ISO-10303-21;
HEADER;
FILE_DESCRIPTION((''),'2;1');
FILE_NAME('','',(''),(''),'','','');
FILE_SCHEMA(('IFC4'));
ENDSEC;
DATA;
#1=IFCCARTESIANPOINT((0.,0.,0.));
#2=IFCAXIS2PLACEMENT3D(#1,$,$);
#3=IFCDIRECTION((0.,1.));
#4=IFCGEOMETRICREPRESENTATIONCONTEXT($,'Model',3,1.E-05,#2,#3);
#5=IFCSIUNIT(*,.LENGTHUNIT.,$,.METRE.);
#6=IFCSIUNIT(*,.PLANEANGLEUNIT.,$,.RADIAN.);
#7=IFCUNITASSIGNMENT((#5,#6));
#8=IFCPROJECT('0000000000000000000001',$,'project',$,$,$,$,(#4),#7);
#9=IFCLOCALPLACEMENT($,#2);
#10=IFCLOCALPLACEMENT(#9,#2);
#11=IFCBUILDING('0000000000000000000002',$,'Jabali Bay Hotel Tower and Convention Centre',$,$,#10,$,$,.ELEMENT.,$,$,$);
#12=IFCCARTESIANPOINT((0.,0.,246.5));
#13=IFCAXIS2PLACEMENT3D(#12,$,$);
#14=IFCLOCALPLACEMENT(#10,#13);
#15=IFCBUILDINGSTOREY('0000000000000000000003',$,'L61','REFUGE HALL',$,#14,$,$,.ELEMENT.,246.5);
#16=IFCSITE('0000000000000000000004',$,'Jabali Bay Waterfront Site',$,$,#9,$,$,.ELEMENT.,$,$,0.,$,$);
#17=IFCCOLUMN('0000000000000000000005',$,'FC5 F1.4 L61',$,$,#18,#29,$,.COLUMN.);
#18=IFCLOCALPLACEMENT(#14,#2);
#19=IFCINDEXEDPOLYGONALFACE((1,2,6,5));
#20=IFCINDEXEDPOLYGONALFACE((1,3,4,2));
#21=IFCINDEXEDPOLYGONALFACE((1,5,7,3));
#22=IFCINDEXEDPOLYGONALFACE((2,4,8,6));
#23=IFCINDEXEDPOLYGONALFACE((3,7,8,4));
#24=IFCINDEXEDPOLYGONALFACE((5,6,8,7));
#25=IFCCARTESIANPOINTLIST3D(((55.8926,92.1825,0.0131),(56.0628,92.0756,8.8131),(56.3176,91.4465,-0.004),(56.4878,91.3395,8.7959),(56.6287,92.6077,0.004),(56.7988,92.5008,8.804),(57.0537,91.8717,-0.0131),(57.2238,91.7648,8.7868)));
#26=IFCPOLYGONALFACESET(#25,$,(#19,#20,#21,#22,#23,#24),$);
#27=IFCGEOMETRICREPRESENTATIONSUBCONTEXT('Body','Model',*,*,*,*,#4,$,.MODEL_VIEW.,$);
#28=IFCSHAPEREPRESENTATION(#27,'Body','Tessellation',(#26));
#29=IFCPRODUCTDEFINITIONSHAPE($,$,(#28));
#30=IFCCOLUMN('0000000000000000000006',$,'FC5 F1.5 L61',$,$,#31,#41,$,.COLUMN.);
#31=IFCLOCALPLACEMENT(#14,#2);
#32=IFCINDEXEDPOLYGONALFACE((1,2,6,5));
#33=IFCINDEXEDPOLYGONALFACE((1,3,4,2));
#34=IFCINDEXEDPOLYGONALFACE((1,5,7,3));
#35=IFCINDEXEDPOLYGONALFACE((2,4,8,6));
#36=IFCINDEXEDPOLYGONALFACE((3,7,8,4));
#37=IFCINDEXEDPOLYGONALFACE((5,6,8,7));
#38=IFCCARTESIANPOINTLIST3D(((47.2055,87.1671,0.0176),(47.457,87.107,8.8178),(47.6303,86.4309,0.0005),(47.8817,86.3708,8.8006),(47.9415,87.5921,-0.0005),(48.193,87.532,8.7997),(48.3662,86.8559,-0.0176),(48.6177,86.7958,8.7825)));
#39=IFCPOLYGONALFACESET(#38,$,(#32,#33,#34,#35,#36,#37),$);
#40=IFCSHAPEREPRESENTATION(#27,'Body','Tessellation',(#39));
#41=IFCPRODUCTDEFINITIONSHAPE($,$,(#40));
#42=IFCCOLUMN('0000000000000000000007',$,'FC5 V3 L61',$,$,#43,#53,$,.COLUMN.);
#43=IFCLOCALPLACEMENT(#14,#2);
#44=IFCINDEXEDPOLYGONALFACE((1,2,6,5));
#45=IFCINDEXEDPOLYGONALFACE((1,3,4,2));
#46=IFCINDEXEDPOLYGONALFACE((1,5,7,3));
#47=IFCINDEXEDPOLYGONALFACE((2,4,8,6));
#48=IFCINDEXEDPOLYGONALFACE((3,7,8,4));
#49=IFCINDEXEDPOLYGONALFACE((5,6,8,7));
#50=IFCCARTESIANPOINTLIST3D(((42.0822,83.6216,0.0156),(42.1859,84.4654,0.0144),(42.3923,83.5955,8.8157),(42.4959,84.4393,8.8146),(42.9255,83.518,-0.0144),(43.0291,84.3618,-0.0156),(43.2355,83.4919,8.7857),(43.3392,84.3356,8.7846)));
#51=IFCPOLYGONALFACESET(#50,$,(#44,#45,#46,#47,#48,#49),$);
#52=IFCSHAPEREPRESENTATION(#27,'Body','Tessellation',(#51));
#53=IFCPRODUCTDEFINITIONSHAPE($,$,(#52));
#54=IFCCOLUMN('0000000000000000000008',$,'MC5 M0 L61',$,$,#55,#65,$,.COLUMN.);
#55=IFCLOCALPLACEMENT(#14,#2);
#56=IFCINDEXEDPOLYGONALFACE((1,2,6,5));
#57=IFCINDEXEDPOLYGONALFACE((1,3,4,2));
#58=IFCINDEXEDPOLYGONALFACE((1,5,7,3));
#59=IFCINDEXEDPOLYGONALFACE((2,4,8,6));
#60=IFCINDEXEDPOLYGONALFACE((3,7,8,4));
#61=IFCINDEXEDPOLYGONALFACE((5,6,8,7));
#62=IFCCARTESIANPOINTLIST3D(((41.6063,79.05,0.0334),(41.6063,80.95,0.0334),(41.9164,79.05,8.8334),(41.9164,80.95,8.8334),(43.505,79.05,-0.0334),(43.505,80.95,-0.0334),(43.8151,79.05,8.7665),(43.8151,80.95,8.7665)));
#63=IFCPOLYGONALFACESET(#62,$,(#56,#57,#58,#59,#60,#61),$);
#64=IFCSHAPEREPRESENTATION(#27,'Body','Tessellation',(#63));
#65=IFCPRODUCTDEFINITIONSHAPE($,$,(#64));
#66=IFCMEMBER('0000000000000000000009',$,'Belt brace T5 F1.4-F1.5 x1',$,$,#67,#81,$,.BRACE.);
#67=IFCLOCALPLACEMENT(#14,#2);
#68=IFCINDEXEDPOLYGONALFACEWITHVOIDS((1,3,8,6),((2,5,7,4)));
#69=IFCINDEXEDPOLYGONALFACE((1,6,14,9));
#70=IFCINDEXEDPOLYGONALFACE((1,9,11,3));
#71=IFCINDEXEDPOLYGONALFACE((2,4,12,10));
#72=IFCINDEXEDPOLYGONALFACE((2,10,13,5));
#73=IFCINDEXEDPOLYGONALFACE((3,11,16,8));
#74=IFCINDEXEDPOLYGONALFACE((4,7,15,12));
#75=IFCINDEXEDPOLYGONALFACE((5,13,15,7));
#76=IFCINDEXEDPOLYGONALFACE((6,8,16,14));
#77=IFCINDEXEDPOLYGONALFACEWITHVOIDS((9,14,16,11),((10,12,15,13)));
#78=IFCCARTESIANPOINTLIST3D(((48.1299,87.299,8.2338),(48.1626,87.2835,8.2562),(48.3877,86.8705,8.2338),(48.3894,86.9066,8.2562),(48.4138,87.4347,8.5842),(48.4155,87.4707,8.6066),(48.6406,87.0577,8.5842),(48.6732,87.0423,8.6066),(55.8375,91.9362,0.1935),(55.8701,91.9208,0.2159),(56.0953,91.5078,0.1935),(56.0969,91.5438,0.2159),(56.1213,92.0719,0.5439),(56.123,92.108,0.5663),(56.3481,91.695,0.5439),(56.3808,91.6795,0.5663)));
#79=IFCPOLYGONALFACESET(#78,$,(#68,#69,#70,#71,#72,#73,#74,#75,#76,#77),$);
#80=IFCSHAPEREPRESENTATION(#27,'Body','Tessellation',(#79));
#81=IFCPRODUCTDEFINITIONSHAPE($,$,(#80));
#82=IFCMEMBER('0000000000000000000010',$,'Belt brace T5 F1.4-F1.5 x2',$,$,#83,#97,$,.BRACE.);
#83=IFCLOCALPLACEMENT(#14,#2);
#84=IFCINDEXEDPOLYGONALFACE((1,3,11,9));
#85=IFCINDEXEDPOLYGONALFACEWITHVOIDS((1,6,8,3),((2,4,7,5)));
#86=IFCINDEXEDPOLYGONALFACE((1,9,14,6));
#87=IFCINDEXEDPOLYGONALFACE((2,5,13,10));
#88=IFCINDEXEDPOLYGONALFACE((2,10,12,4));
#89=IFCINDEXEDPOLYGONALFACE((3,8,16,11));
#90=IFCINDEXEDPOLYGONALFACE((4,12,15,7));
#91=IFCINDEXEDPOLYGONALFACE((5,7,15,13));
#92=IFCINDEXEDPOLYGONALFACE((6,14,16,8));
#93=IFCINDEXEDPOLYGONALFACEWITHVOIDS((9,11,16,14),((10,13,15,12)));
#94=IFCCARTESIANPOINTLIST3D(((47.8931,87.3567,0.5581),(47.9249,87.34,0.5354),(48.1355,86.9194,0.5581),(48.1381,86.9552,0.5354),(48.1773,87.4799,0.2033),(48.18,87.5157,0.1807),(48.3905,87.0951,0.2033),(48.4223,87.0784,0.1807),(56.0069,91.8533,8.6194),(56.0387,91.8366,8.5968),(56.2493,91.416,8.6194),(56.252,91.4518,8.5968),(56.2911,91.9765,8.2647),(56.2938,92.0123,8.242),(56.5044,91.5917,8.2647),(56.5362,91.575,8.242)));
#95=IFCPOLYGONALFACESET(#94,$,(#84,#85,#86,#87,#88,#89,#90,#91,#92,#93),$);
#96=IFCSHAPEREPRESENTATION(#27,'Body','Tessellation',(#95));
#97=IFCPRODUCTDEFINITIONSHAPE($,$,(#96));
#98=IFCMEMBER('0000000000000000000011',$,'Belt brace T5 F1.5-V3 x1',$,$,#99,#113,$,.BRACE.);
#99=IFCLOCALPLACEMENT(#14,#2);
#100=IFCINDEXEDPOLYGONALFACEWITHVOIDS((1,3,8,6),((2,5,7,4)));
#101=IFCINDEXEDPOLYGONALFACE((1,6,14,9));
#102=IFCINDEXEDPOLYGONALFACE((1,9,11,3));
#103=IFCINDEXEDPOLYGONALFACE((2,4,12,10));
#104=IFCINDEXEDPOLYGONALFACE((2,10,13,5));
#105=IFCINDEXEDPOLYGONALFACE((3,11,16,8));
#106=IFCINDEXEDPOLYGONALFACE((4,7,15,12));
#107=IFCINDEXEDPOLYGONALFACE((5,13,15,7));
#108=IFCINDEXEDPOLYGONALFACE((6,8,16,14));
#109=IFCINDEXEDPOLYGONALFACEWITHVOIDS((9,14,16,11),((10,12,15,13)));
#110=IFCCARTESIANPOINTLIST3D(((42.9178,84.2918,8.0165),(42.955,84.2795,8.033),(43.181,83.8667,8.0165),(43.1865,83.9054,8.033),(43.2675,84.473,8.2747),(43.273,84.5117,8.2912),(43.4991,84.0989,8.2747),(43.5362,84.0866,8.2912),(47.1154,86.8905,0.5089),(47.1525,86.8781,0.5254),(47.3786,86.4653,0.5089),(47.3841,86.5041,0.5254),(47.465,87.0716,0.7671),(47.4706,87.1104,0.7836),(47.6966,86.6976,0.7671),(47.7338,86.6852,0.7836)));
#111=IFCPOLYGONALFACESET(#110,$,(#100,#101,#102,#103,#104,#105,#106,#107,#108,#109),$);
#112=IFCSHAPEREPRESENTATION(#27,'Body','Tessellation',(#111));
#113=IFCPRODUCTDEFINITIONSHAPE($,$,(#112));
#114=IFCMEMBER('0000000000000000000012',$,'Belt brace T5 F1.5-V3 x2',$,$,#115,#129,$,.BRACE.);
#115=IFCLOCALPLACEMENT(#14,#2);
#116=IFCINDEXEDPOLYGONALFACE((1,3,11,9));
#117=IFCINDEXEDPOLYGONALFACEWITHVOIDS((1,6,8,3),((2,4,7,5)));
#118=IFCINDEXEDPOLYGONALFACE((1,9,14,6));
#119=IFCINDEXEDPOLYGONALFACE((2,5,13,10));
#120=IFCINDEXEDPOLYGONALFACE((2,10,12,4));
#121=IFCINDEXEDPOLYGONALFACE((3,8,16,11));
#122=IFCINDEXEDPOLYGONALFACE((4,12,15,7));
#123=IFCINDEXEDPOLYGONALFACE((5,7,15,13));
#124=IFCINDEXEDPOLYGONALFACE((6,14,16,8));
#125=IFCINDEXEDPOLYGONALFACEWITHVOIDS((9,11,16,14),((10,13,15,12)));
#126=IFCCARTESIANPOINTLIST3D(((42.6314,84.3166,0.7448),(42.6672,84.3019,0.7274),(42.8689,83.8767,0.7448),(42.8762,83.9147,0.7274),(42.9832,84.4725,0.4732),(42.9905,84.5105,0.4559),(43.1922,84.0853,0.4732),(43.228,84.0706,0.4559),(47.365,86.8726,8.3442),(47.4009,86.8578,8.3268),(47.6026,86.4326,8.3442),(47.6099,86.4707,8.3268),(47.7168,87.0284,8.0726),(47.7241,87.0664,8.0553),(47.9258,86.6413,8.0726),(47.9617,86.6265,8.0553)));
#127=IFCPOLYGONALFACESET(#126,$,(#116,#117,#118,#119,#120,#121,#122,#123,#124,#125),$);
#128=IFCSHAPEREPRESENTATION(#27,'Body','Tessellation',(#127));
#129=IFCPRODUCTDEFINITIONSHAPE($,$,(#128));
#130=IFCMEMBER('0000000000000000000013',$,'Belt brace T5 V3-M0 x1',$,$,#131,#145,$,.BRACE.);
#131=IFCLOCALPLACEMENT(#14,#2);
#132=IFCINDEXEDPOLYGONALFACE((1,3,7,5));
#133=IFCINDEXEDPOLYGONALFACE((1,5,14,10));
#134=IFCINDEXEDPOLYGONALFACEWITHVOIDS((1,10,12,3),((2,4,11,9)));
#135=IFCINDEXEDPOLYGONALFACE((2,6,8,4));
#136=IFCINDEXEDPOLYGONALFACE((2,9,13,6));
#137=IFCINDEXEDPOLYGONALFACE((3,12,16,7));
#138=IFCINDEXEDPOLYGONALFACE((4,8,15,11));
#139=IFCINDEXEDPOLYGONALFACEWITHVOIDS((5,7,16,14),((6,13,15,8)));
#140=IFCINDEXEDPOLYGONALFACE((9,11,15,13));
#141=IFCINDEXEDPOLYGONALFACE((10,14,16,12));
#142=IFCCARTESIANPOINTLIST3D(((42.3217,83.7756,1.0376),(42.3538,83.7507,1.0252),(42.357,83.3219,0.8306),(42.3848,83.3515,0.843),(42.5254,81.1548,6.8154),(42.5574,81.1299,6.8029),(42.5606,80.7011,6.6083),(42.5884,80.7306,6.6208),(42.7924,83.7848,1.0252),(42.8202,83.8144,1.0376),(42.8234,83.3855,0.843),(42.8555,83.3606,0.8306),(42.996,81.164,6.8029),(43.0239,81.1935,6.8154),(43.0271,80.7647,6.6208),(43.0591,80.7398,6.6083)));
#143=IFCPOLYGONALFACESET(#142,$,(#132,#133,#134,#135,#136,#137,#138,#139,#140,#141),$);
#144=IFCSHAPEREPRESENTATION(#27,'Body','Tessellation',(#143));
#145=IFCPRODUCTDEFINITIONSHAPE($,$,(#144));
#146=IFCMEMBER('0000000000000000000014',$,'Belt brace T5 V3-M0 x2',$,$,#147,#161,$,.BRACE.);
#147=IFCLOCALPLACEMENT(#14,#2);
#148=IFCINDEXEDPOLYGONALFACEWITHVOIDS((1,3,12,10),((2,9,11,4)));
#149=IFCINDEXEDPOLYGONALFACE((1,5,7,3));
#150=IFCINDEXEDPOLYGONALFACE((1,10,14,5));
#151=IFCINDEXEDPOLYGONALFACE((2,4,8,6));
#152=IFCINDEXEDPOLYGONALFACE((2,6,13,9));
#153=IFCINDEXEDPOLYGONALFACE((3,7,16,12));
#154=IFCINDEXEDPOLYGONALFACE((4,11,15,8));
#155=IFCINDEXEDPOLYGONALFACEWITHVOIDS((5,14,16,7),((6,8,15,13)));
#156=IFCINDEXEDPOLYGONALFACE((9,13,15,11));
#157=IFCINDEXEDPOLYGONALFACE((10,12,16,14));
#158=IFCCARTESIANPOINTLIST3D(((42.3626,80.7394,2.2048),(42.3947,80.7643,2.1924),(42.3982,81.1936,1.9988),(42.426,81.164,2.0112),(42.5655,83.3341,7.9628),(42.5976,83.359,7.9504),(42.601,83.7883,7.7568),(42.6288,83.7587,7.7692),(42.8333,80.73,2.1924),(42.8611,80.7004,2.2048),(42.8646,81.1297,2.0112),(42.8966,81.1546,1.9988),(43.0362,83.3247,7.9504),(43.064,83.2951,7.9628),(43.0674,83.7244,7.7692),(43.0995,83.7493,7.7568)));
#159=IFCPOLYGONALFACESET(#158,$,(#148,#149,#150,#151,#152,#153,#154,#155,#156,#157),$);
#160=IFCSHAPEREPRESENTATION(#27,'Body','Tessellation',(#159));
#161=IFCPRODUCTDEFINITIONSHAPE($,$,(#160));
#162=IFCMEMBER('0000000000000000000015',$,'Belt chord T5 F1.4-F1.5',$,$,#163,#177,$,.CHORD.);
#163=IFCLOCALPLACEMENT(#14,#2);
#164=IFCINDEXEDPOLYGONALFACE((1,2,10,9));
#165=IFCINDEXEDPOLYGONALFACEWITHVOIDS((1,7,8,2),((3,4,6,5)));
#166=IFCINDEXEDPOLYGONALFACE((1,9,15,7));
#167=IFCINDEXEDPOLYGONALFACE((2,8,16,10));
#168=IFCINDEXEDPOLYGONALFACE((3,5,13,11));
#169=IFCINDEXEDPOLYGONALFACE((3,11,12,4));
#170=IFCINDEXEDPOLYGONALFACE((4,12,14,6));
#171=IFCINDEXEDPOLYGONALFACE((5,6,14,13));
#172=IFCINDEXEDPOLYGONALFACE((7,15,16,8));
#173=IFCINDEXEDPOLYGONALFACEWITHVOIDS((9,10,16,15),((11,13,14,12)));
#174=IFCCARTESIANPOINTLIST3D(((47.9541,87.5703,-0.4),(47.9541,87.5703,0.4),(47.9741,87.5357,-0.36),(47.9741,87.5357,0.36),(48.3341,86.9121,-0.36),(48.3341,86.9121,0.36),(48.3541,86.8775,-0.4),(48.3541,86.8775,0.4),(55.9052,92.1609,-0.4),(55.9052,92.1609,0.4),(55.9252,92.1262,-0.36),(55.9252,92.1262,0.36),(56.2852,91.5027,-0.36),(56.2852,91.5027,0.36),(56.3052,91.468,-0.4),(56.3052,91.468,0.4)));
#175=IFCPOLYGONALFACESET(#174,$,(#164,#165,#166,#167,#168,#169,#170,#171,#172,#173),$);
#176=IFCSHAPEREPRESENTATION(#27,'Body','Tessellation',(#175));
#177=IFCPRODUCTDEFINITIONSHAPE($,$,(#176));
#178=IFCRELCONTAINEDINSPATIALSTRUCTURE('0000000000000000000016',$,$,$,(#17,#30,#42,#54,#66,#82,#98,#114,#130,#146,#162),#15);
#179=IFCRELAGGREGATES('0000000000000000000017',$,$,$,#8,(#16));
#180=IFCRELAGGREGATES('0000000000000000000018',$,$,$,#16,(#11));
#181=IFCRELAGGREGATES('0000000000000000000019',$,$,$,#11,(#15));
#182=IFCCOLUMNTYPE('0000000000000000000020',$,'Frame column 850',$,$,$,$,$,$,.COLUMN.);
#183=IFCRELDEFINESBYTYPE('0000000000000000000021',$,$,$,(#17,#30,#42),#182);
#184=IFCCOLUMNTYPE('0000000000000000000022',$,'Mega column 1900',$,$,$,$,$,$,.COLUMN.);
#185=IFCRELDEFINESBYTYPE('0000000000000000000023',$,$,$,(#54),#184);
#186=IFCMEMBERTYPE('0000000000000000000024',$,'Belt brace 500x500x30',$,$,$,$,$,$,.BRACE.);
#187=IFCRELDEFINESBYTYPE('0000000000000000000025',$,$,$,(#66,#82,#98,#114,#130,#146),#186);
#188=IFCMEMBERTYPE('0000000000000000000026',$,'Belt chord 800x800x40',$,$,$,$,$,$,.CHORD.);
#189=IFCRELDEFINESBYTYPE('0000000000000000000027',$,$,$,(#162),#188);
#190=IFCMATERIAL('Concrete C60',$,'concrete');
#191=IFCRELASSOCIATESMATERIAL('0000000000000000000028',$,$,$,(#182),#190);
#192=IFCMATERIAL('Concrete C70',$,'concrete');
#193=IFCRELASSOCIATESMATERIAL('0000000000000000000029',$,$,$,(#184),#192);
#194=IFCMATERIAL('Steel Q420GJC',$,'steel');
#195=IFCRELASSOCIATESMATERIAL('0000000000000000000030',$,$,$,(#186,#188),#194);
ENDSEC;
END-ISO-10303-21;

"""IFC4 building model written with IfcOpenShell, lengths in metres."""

from ifc_helpers import new_model, si_unit, direction, frame, origin, origin_2d, place, context, subcontext, project, spatial, rectangle, hollow_rectangle, extrude, material, material_profile, profile_set, type_object, element, save


model = new_model("IFC4")

# Units and contexts
model_context = context("Model", 3, precision=1e-05, world=origin(), true_north=direction((0.0, 1.0)))
body_context = subcontext(model_context, "Body", "Model", "MODEL_VIEW")
ifc_project = project(units=[si_unit("LENGTHUNIT", "METRE"), si_unit("PLANEANGLEUNIT", "RADIAN")], contexts=[model_context])

# Site, building, storey
site_placement = place(None, origin())
site = spatial("IfcSite", under=ifc_project, at=site_placement, Name="Jabali Bay Waterfront Site", CompositionType="ELEMENT", RefElevation=0.0)
building_placement = place(site_placement, origin())
building = spatial("IfcBuilding", under=site, at=building_placement, Name="Jabali Bay Hotel Tower and Convention Centre", CompositionType="ELEMENT")
storey_placement = place(building_placement, frame((0.0, 0.0, 246.5)))
storey = spatial("IfcBuildingStorey", under=building, at=storey_placement, Name="L61", Description="REFUGE HALL", CompositionType="ELEMENT", Elevation=246.5)

# Columns
ifc_material_1 = material(Name="Concrete C60", Category="concrete")
ifc_material_profile_1 = material_profile(ifc_material_1, rectangle(XDim=0.8501, YDim=0.8501, at=origin_2d()), Name="Frame column 850")
ifc_profile_set_1 = profile_set([ifc_material_profile_1], Name="Concrete C60")
column_type_1 = type_object("IfcColumnType", Name="Frame column 850", PredefinedType="COLUMN", material=ifc_profile_set_1)
column_1_placement = place(storey_placement, frame((56.4731, 92.0271, 0.0), z_axis=(0.019332, -0.012148, 0.999739), x_axis=(-0.499947, 0.865821, 0.020188)))
element("IfcColumn", 1, at=column_1_placement, inside=storey, type_object=column_type_1, Name="FC5 F1.4 L61", PredefinedType="COLUMN", context=body_context, shape_type="SweptSolid", body=[
    extrude(rectangle(XDim=0.8501, YDim=0.8501, at=origin_2d()), origin(), (0.0, 0.0, 1.0), 8.8022),
])
column_2_placement = place(storey_placement, frame((47.7859, 87.0115, 0.0), z_axis=(0.028563, -0.006822, 0.999569), x_axis=(-0.499619, 0.86601, 0.020187)))
element("IfcColumn", 2, at=column_2_placement, inside=storey, type_object=column_type_1, Name="FC5 F1.5 L61", PredefinedType="COLUMN", context=body_context, shape_type="SweptSolid", body=[
    extrude(rectangle(XDim=0.8501, YDim=0.8501, at=origin_2d()), origin(), (0.0, 0.0, 1.0), 8.804),
])
column_3_placement = place(storey_placement, frame((42.5557, 83.9917, 0.0), z_axis=(0.035212, -0.002967, 0.999375), x_axis=(-0.991916, 0.121888, 0.035311)))
element("IfcColumn", 3, at=column_3_placement, inside=storey, type_object=column_type_1, Name="FC5 V3 L61", PredefinedType="COLUMN", context=body_context, shape_type="SweptSolid", body=[
    extrude(rectangle(XDim=0.8501, YDim=0.8501, at=origin_2d()), origin(), (0.0, 0.0, 1.0), 8.8057),
])
ifc_material_2 = material(Name="Concrete C70", Category="concrete")
ifc_material_profile_2 = material_profile(ifc_material_2, rectangle(XDim=1.8999, YDim=1.8999, at=origin_2d()), Name="Mega column 1900")
ifc_profile_set_2 = profile_set([ifc_material_profile_2], Name="Concrete C70")
column_type_2 = type_object("IfcColumnType", Name="Mega column 1900", PredefinedType="COLUMN", material=ifc_profile_set_2)
column_4_placement = place(storey_placement, frame((42.5557, 80.0, 0.0), z_axis=(0.035212, 0.0, 0.99938), x_axis=(0.0, 1.0, 0.0)))
element("IfcColumn", 4, at=column_4_placement, inside=storey, type_object=column_type_2, Name="MC5 M0 L61", PredefinedType="COLUMN", context=body_context, shape_type="SweptSolid", body=[
    extrude(rectangle(XDim=1.8999, YDim=1.8999, at=origin_2d()), origin(), (0.0, 0.0, 1.0), 8.8054),
])

# Members
ifc_material_3 = material(Name="Steel Q420GJC", Category="steel")
ifc_material_profile_3 = material_profile(ifc_material_3, hollow_rectangle(XDim=0.5, YDim=0.5, WallThickness=0.03, at=origin_2d()), Name="Belt brace 500x500x30")
ifc_profile_set_3 = profile_set([ifc_material_profile_3], Name="Steel Q420GJC")
member_type_1 = type_object("IfcMemberType", Name="Belt brace 500x500x30", PredefinedType="BRACE", material=ifc_profile_set_3)
member_1_placement = place(storey_placement, frame((56.1091, 91.8079, 0.3799), z_axis=(-0.638852, -0.384363, 0.666433), x_axis=(0.515533, -0.85687, 0.0)))
element("IfcMember", 5, at=member_1_placement, inside=storey, type_object=member_type_1, Name="Belt brace T5 F1.4-F1.5 x1", PredefinedType="BRACE", context=body_context, shape_type="SweptSolid", body=[
    extrude(hollow_rectangle(XDim=0.5, YDim=0.5, WallThickness=0.03, at=origin_2d()), origin(), (0.0, 0.0, 1.0), 12.0647),
])
member_2_placement = place(storey_placement, frame((48.1577, 87.2175, 0.3694), z_axis=(0.660209, 0.365882, 0.655938), x_axis=(-0.484731, 0.874663, 0.0)))
element("IfcMember", 6, at=member_2_placement, inside=storey, type_object=member_type_1, Name="Belt brace T5 F1.4-F1.5 x2", PredefinedType="BRACE", context=body_context, shape_type="SweptSolid", body=[
    extrude(hollow_rectangle(XDim=0.5, YDim=0.5, WallThickness=0.03, at=origin_2d()), origin(), (0.0, 0.0, 1.0), 12.2898),
])
member_3_placement = place(storey_placement, frame((47.4246, 86.7878, 0.6462), z_axis=(-0.467153, -0.289209, 0.835539), x_axis=(0.52638, -0.850249, 0.0)))
element("IfcMember", 7, at=member_3_placement, inside=storey, type_object=member_type_1, Name="Belt brace T5 F1.5-V3 x1", PredefinedType="BRACE", context=body_context, shape_type="SweptSolid", body=[
    extrude(hollow_rectangle(XDim=0.5, YDim=0.5, WallThickness=0.03, at=origin_2d()), origin(), (0.0, 0.0, 1.0), 8.9854),
])
member_4_placement = place(storey_placement, frame((42.9297, 84.1936, 0.6003), z_axis=(0.508405, 0.274511, 0.816191), x_axis=(-0.475112, 0.879926, 0.0)))
element("IfcMember", 8, at=member_4_placement, inside=storey, type_object=member_type_1, Name="Belt brace T5 F1.5-V3 x2", PredefinedType="BRACE", context=body_context, shape_type="SweptSolid", body=[
    extrude(hollow_rectangle(XDim=0.5, YDim=0.5, WallThickness=0.03, at=origin_2d()), origin(), (0.0, 0.0, 1.0), 9.3108),
])
member_5_placement = place(storey_placement, frame((42.5886, 83.5681, 0.9341), z_axis=(0.032077, -0.41288, 0.91022), x_axis=(0.996996, 0.077456, 0.0)))
element("IfcMember", 9, at=member_5_placement, inside=storey, type_object=member_type_1, Name="Belt brace T5 V3-M0 x1", PredefinedType="BRACE", context=body_context, shape_type="SweptSolid", body=[
    extrude(hollow_rectangle(XDim=0.5, YDim=0.5, WallThickness=0.03, at=origin_2d()), origin(), (0.0, 0.0, 1.0), 6.3477),
])
member_6_placement = place(storey_placement, frame((42.6296, 80.947, 2.1018), z_axis=(0.032107, 0.410627, 0.911238), x_axis=(-0.996957, 0.077952, 0.0)))
element("IfcMember", 10, at=member_6_placement, inside=storey, type_object=member_type_1, Name="Belt brace T5 V3-M0 x2", PredefinedType="BRACE", context=body_context, shape_type="SweptSolid", body=[
    extrude(hollow_rectangle(XDim=0.5, YDim=0.5, WallThickness=0.03, at=origin_2d()), origin(), (0.0, 0.0, 1.0), 6.3188),
])
ifc_material_profile_4 = material_profile(ifc_material_3, hollow_rectangle(XDim=0.8, YDim=0.8, WallThickness=0.04, at=origin_2d()), Name="Belt chord 800x800x40")
ifc_profile_set_4 = profile_set([ifc_material_profile_4], Name="Steel Q420GJC")
member_type_2 = type_object("IfcMemberType", Name="Belt chord 800x800x40", PredefinedType="CHORD", material=ifc_profile_set_4)
member_7_placement = place(storey_placement, frame((56.1052, 91.8145, 0.0), z_axis=(-0.866027, -0.499997, 0.0), x_axis=(0.499997, -0.866027, 0.0)))
element("IfcMember", 11, at=member_7_placement, inside=storey, type_object=member_type_2, Name="Belt chord T5 F1.4-F1.5", PredefinedType="CHORD", context=body_context, shape_type="SweptSolid", body=[
    extrude(hollow_rectangle(XDim=0.8, YDim=0.8, WallThickness=0.04, at=origin_2d()), origin(), (0.0, 0.0, 1.0), 9.1812),
])

save(model, "model.ifc")
